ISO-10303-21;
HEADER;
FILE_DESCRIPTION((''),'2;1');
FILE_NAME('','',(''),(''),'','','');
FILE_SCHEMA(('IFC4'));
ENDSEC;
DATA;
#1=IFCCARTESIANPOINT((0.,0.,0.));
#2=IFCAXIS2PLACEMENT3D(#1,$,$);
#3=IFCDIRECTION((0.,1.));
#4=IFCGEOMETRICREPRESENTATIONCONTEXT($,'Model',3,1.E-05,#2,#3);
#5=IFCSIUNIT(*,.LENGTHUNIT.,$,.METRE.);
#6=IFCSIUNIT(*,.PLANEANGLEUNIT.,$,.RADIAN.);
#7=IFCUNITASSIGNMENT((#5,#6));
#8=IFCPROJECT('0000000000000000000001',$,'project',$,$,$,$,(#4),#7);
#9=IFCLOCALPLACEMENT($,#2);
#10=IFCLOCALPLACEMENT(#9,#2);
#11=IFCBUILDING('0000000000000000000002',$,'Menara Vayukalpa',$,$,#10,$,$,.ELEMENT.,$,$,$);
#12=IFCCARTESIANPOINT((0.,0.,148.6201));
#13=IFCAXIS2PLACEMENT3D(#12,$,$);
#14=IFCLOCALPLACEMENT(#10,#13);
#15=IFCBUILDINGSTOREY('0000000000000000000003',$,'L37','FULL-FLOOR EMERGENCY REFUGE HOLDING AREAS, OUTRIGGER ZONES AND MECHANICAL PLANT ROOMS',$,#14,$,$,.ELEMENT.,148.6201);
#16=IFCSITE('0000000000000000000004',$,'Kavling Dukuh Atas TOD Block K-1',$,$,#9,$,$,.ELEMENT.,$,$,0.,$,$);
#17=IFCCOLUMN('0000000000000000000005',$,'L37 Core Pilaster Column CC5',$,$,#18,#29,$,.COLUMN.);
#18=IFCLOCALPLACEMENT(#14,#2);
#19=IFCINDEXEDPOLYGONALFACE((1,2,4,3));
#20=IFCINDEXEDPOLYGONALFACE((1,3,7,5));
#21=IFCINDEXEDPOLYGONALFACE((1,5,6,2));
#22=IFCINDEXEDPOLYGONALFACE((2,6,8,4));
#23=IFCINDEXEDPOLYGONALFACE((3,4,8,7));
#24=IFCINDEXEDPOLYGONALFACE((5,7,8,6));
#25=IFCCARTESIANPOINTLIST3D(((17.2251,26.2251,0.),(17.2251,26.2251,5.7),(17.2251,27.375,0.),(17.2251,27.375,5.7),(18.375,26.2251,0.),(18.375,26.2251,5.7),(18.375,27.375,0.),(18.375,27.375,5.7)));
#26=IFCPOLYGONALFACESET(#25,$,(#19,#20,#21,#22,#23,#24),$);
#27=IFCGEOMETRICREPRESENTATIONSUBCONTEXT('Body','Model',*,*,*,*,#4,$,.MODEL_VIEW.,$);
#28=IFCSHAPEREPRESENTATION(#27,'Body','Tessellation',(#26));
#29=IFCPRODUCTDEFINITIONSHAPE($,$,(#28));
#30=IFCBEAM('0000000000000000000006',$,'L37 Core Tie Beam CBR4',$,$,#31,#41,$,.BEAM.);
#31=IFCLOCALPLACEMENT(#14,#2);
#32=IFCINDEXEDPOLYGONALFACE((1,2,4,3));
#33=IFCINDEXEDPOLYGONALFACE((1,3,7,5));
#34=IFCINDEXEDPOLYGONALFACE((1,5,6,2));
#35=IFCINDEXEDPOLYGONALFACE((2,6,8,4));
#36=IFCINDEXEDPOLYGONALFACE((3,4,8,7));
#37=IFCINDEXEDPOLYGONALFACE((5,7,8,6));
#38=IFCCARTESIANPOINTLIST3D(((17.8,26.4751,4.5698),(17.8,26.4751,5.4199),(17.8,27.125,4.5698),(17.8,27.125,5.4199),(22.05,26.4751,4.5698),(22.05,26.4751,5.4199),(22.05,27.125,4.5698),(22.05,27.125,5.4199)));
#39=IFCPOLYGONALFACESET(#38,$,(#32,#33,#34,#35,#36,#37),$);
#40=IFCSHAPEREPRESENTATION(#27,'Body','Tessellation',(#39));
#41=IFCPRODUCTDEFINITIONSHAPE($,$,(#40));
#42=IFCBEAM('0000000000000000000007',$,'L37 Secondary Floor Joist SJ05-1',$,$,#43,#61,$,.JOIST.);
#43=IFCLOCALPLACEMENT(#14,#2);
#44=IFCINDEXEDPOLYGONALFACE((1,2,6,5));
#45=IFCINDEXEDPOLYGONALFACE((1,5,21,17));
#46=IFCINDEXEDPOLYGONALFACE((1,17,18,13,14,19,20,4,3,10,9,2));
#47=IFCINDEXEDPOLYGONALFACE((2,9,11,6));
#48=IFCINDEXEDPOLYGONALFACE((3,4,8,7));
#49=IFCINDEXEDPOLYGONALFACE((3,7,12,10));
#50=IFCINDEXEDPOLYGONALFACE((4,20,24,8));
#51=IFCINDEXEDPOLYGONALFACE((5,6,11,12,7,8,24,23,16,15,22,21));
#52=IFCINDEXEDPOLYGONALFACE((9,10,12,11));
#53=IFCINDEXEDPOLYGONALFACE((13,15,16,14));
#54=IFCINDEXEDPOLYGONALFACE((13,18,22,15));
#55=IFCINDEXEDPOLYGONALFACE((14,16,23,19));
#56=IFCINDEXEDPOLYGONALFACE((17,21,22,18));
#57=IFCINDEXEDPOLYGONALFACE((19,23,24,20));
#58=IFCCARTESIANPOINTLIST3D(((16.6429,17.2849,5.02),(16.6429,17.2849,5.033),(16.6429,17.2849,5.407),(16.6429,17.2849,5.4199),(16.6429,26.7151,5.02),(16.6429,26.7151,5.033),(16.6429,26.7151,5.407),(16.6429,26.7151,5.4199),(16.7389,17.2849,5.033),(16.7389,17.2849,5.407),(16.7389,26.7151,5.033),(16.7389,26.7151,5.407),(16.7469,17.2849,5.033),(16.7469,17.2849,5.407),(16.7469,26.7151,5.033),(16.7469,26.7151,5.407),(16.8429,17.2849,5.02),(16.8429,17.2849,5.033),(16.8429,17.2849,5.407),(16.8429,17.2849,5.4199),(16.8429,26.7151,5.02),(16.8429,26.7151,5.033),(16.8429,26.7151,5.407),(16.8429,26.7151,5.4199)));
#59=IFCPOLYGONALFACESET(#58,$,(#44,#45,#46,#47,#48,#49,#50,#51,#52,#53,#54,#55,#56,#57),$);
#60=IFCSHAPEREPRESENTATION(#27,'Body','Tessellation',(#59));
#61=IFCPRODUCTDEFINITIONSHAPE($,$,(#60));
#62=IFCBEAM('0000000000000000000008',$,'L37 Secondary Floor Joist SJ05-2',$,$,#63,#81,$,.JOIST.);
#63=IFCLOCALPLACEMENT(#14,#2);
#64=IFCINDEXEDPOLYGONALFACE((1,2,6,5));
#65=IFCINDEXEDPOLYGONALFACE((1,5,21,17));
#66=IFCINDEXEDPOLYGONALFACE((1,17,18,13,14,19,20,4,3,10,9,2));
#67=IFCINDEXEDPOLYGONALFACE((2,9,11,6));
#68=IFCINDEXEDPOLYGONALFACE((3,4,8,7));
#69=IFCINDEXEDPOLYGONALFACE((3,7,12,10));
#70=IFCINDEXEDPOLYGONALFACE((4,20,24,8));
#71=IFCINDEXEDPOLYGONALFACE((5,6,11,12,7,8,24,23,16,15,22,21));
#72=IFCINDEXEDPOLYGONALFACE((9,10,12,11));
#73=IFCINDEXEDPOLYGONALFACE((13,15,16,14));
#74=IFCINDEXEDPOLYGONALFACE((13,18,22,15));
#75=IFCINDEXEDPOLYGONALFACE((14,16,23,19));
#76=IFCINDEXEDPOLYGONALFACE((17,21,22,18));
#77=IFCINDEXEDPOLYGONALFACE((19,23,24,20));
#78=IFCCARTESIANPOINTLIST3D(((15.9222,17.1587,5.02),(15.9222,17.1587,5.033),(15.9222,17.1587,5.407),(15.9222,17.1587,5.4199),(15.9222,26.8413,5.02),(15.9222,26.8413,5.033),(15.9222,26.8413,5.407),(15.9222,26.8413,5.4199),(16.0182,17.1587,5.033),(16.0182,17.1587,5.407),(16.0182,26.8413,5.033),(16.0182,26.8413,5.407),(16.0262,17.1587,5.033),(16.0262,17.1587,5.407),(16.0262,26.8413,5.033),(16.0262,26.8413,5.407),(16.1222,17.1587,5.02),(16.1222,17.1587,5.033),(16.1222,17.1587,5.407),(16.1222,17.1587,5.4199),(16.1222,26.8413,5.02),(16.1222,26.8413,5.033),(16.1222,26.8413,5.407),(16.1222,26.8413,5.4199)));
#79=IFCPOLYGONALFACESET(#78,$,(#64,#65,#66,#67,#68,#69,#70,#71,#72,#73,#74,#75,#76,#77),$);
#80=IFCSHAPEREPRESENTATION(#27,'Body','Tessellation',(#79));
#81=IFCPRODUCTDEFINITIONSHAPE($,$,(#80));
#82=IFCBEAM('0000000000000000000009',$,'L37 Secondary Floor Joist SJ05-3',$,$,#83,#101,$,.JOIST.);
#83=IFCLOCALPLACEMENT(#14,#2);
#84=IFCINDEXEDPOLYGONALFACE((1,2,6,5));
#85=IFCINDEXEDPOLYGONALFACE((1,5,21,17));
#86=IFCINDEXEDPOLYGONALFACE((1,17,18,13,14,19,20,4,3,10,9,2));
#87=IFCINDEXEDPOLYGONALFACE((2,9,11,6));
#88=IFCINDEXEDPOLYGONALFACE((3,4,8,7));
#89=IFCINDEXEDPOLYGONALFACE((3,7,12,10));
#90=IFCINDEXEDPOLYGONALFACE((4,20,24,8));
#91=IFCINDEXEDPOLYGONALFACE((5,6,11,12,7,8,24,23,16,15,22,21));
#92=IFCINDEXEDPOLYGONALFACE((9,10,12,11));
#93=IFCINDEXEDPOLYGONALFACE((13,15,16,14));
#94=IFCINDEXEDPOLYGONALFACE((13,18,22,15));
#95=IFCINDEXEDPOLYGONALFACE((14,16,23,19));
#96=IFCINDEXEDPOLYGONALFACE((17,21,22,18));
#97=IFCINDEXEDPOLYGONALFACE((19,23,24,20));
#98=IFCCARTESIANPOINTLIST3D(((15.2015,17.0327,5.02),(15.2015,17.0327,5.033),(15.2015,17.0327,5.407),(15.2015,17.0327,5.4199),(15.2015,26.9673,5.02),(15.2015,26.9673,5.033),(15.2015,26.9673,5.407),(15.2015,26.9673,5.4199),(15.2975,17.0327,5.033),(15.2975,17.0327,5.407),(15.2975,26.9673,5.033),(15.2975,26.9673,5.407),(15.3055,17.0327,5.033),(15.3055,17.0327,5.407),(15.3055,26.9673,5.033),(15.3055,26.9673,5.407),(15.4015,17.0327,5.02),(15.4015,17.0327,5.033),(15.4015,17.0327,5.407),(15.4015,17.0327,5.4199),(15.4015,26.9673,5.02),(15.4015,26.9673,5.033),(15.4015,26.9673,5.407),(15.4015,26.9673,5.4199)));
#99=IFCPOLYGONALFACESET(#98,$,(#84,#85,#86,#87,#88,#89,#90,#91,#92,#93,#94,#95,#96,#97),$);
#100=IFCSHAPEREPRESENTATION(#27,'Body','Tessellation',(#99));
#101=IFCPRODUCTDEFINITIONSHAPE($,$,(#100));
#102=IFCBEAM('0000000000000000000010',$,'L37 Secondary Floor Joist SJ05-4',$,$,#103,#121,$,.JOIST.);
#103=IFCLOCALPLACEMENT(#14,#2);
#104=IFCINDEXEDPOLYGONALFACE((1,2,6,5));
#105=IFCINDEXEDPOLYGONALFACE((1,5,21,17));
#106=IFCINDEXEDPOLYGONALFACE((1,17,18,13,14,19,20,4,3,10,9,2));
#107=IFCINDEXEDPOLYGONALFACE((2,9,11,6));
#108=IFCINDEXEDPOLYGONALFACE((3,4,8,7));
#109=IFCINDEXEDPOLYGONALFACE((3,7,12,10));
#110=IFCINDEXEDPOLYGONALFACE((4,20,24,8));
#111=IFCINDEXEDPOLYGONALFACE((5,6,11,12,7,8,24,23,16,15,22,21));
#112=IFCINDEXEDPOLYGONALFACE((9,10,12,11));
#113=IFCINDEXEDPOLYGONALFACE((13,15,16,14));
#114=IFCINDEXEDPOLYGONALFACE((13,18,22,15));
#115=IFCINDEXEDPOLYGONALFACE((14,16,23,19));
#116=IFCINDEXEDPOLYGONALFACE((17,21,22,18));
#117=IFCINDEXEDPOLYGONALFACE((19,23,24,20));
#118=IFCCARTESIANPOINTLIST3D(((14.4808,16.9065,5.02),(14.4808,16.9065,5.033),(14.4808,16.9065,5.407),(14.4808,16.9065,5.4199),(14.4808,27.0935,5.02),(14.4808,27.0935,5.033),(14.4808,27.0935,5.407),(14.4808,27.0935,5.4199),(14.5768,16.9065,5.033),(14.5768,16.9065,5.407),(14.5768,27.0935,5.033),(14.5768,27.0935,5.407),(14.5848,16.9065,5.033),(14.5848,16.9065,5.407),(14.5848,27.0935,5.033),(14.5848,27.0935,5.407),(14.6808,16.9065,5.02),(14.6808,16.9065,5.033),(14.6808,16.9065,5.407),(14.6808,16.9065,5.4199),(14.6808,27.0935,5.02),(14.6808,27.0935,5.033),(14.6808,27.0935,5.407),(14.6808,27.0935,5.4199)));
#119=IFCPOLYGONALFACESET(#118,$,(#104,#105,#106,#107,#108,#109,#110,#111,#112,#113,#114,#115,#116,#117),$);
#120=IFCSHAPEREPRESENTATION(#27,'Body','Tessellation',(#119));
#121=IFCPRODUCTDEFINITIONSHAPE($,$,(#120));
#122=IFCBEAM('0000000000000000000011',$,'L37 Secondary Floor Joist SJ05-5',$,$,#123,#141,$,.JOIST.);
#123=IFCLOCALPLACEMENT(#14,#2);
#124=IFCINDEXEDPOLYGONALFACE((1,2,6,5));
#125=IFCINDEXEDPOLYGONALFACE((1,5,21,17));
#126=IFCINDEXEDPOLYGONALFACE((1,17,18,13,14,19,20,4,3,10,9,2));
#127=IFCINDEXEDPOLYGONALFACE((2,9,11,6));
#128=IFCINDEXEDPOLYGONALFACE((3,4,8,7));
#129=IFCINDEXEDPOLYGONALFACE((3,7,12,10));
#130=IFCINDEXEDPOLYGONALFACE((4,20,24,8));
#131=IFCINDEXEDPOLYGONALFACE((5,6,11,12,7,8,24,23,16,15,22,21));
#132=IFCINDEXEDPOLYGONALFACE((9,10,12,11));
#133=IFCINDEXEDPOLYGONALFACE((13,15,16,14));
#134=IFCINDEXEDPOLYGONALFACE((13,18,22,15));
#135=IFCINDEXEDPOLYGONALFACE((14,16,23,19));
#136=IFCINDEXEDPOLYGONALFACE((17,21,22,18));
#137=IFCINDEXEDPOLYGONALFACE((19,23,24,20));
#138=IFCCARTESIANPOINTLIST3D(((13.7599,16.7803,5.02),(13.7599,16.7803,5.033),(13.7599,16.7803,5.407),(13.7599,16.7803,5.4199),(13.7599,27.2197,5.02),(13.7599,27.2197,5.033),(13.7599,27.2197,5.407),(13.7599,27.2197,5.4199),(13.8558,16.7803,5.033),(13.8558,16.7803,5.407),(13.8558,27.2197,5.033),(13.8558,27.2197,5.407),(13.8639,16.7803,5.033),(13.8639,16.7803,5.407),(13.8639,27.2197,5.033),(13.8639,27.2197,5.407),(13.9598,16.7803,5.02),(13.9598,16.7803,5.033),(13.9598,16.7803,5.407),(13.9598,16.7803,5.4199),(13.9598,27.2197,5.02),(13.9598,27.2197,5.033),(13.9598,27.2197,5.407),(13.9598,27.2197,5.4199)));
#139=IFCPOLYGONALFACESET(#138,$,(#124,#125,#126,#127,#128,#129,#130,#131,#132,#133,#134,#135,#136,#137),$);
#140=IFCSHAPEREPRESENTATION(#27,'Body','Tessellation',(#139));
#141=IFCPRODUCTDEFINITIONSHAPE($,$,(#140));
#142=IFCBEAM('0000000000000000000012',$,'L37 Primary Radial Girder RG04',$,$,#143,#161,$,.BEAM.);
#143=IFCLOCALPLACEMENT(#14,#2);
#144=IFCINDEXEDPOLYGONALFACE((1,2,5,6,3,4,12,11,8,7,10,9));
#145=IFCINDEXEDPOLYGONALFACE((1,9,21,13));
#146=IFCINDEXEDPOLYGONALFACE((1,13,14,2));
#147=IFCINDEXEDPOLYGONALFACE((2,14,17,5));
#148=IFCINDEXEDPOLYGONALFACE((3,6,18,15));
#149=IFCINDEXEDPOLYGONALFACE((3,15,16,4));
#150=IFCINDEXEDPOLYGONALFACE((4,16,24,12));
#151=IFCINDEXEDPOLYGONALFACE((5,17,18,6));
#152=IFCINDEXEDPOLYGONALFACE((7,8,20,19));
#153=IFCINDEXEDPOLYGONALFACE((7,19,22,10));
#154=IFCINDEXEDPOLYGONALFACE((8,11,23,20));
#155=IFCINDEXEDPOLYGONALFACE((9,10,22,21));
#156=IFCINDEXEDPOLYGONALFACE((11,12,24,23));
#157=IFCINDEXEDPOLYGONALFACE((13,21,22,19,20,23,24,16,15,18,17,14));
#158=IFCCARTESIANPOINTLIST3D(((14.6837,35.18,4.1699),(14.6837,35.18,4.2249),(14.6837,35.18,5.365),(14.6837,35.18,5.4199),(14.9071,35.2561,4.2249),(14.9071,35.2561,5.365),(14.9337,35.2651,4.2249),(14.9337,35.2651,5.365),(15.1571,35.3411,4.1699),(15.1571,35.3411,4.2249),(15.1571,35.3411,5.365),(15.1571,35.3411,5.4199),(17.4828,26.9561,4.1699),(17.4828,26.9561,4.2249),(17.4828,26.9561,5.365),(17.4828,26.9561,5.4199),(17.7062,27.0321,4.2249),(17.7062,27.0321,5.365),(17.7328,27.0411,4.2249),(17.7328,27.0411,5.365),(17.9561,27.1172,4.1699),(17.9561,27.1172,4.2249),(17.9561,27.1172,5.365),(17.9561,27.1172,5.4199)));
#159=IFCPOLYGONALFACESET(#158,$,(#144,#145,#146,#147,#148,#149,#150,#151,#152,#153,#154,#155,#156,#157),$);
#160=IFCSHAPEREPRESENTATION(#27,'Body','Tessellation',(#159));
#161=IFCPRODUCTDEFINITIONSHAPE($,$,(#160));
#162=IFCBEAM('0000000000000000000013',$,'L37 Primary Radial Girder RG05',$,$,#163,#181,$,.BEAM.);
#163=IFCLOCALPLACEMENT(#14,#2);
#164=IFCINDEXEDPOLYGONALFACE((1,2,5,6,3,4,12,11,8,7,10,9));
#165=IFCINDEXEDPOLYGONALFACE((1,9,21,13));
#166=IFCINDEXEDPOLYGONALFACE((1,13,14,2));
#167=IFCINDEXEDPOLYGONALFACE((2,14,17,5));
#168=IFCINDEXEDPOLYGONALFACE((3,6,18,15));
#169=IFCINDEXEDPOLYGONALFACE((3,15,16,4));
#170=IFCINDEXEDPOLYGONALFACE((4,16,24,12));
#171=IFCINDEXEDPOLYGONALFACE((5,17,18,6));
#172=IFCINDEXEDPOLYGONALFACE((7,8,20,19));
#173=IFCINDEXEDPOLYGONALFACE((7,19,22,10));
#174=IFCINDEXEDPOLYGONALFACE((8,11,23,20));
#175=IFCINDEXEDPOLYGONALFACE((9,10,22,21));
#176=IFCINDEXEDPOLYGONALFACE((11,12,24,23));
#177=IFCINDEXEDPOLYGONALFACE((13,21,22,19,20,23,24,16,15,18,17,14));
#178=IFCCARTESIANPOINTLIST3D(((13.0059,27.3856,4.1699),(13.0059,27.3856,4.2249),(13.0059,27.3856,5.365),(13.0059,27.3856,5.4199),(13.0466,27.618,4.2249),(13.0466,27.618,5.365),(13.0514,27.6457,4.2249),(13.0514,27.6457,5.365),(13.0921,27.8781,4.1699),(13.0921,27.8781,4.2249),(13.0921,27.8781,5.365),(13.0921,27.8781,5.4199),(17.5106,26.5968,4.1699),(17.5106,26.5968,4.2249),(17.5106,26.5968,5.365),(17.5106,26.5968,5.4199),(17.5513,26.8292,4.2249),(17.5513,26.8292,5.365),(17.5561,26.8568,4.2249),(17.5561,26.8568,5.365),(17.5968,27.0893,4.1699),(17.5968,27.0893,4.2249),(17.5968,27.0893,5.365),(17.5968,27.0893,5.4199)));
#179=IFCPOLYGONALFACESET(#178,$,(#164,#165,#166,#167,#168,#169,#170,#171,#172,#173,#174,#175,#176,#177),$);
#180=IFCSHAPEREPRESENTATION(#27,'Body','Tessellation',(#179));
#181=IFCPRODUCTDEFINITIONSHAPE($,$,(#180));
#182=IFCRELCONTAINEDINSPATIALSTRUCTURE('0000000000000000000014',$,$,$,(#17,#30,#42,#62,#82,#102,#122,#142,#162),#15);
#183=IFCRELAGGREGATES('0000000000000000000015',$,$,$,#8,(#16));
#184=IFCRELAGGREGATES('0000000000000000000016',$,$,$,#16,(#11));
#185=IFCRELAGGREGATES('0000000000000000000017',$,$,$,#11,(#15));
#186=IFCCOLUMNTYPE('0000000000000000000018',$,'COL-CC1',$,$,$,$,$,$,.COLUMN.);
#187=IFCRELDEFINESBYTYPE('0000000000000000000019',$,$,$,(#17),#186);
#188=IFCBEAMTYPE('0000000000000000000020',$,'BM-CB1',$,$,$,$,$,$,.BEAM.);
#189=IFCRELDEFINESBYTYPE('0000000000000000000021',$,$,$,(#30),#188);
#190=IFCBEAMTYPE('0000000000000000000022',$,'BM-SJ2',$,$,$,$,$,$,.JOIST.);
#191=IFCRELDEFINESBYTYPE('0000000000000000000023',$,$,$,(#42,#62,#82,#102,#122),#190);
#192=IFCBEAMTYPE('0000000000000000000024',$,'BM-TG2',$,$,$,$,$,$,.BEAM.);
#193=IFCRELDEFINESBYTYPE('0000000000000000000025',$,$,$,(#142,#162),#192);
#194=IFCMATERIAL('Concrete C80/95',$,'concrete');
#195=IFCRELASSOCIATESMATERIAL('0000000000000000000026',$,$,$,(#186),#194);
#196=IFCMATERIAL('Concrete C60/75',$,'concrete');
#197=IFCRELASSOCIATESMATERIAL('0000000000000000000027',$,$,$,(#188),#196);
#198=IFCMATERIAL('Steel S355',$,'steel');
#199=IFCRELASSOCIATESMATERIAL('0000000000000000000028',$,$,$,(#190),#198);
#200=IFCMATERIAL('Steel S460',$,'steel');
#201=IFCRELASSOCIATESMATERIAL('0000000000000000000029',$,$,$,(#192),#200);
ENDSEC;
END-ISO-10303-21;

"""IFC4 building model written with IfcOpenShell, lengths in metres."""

from ifc_helpers import new_model, si_unit, direction, frame, origin, origin_2d, place, context, subcontext, project, spatial, rectangle, i_section, extrude, material, material_profile, profile_set, type_object, element, save


model = new_model("IFC4")

# Units and contexts
model_context = context("Model", 3, precision=1e-05, world=origin(), true_north=direction((0.0, 1.0)))
body_context = subcontext(model_context, "Body", "Model", "MODEL_VIEW")
ifc_project = project(units=[si_unit("LENGTHUNIT", "METRE"), si_unit("PLANEANGLEUNIT", "RADIAN")], contexts=[model_context])

# Site, building, storey
site_placement = place(None, origin())
site = spatial("IfcSite", under=ifc_project, at=site_placement, Name="Kavling Dukuh Atas TOD Block K-1", CompositionType="ELEMENT", RefElevation=0.0)
building_placement = place(site_placement, origin())
building = spatial("IfcBuilding", under=site, at=building_placement, Name="Menara Vayukalpa", CompositionType="ELEMENT")
storey_placement = place(building_placement, frame((0.0, 0.0, 148.6201)))
storey = spatial("IfcBuildingStorey", under=building, at=storey_placement, Name="L37", Description="FULL-FLOOR EMERGENCY REFUGE HOLDING AREAS, OUTRIGGER ZONES AND MECHANICAL PLANT ROOMS", CompositionType="ELEMENT", Elevation=148.6201)

# Column
ifc_material_1 = material(Name="Concrete C80/95", Category="concrete")
ifc_material_profile_1 = material_profile(ifc_material_1, rectangle(XDim=1.1499, YDim=1.1499, at=origin_2d()), Name="RC 1150x1150")
ifc_profile_set_1 = profile_set([ifc_material_profile_1], Name="Concrete C80/95")
column_type = type_object("IfcColumnType", Name="COL-CC1", PredefinedType="COLUMN", material=ifc_profile_set_1)
column_placement = place(storey_placement, frame((17.8, 26.8, 0.0), z_axis=(0.0, 0.0, 1.0), x_axis=(1.0, 0.0, 0.0)))
element("IfcColumn", 1, at=column_placement, inside=storey, type_object=column_type, Name="L37 Core Pilaster Column CC5", PredefinedType="COLUMN", context=body_context, shape_type="SweptSolid", body=[
    extrude(rectangle(XDim=1.1499, YDim=1.1499, at=origin_2d()), origin(), (0.0, 0.0, 1.0), 5.7),
])

# Beams
ifc_material_2 = material(Name="Concrete C60/75", Category="concrete")
ifc_material_profile_2 = material_profile(ifc_material_2, rectangle(XDim=0.6499, YDim=0.8501, at=origin_2d()), Name="RC 650x850")
ifc_profile_set_2 = profile_set([ifc_material_profile_2], Name="Concrete C60/75")
beam_type_1 = type_object("IfcBeamType", Name="BM-CB1", PredefinedType="BEAM", material=ifc_profile_set_2)
beam_1_placement = place(storey_placement, frame((17.8, 26.8, 4.9949), z_axis=(1.0, 0.0, 0.0), x_axis=(0.0, 1.0, 0.0)))
element("IfcBeam", 2, at=beam_1_placement, inside=storey, type_object=beam_type_1, Name="L37 Core Tie Beam CBR4", PredefinedType="BEAM", context=body_context, shape_type="SweptSolid", body=[
    extrude(rectangle(XDim=0.6499, YDim=0.8501, at=origin_2d()), origin(), (0.0, 0.0, 1.0), 4.25),
])
ifc_material_3 = material(Name="Steel S355", Category="steel")
ifc_material_profile_3 = material_profile(ifc_material_3, i_section(OverallWidth=0.2, OverallDepth=0.3999, WebThickness=0.0081, FlangeThickness=0.0129, at=origin_2d()), Name="WF 400x200x8x13")
ifc_profile_set_3 = profile_set([ifc_material_profile_3], Name="Steel S355")
beam_type_2 = type_object("IfcBeamType", Name="BM-SJ2", PredefinedType="JOIST", material=ifc_profile_set_3)
beam_2_placement = place(storey_placement, frame((16.7429, 26.7151, 5.22), z_axis=(0.0, -1.0, 0.0), x_axis=(1.0, 0.0, 0.0)))
element("IfcBeam", 3, at=beam_2_placement, inside=storey, type_object=beam_type_2, Name="L37 Secondary Floor Joist SJ05-1", PredefinedType="JOIST", context=body_context, shape_type="SweptSolid", body=[
    extrude(i_section(OverallWidth=0.2, OverallDepth=0.3999, WebThickness=0.0081, FlangeThickness=0.0129, at=origin_2d()), origin(), (0.0, 0.0, 1.0), 9.4302),
])
beam_3_placement = place(storey_placement, frame((16.0222, 26.8413, 5.22), z_axis=(0.0, -1.0, 0.0), x_axis=(1.0, 0.0, 0.0)))
element("IfcBeam", 4, at=beam_3_placement, inside=storey, type_object=beam_type_2, Name="L37 Secondary Floor Joist SJ05-2", PredefinedType="JOIST", context=body_context, shape_type="SweptSolid", body=[
    extrude(i_section(OverallWidth=0.2, OverallDepth=0.3999, WebThickness=0.0081, FlangeThickness=0.0129, at=origin_2d()), origin(), (0.0, 0.0, 1.0), 9.6826),
])
beam_4_placement = place(storey_placement, frame((15.3015, 26.9673, 5.22), z_axis=(0.0, -1.0, 0.0), x_axis=(1.0, 0.0, 0.0)))
element("IfcBeam", 5, at=beam_4_placement, inside=storey, type_object=beam_type_2, Name="L37 Secondary Floor Joist SJ05-3", PredefinedType="JOIST", context=body_context, shape_type="SweptSolid", body=[
    extrude(i_section(OverallWidth=0.2, OverallDepth=0.3999, WebThickness=0.0081, FlangeThickness=0.0129, at=origin_2d()), origin(), (0.0, 0.0, 1.0), 9.9346),
])
beam_5_placement = place(storey_placement, frame((14.5808, 27.0935, 5.22), z_axis=(0.0, -1.0, 0.0), x_axis=(1.0, 0.0, 0.0)))
element("IfcBeam", 6, at=beam_5_placement, inside=storey, type_object=beam_type_2, Name="L37 Secondary Floor Joist SJ05-4", PredefinedType="JOIST", context=body_context, shape_type="SweptSolid", body=[
    extrude(i_section(OverallWidth=0.2, OverallDepth=0.3999, WebThickness=0.0081, FlangeThickness=0.0129, at=origin_2d()), origin(), (0.0, 0.0, 1.0), 10.187),
])
beam_6_placement = place(storey_placement, frame((13.8599, 27.2197, 5.22), z_axis=(0.0, -1.0, 0.0), x_axis=(1.0, 0.0, 0.0)))
element("IfcBeam", 7, at=beam_6_placement, inside=storey, type_object=beam_type_2, Name="L37 Secondary Floor Joist SJ05-5", PredefinedType="JOIST", context=body_context, shape_type="SweptSolid", body=[
    extrude(i_section(OverallWidth=0.2, OverallDepth=0.3999, WebThickness=0.0081, FlangeThickness=0.0129, at=origin_2d()), origin(), (0.0, 0.0, 1.0), 10.4395),
])
ifc_material_4 = material(Name="Steel S460", Category="steel")
ifc_material_profile_4 = material_profile(ifc_material_4, i_section(OverallWidth=0.5, OverallDepth=1.25, WebThickness=0.0281, FlangeThickness=0.0549, at=origin_2d()), Name="WG 1250x500x28x55")
ifc_profile_set_4 = profile_set([ifc_material_profile_4], Name="Steel S460")
beam_type_3 = type_object("IfcBeamType", Name="BM-TG2", PredefinedType="BEAM", material=ifc_profile_set_4)
beam_7_placement = place(storey_placement, frame((17.7195, 27.0366, 4.7949), z_axis=(-0.322208, 0.946669, 0.0), x_axis=(-0.946669, -0.322208, 0.0)))
element("IfcBeam", 8, at=beam_7_placement, inside=storey, type_object=beam_type_3, Name="L37 Primary Radial Girder RG04", PredefinedType="BEAM", context=body_context, shape_type="SweptSolid", body=[
    extrude(i_section(OverallWidth=0.5, OverallDepth=1.25, WebThickness=0.0281, FlangeThickness=0.0549, at=origin_2d()), origin(), (0.0, 0.0, 1.0), 8.6873),
])
beam_8_placement = place(storey_placement, frame((17.5537, 26.843, 4.7949), z_axis=(-0.985012, 0.172488, 0.0), x_axis=(-0.172488, -0.985012, 0.0)))
element("IfcBeam", 9, at=beam_8_placement, inside=storey, type_object=beam_type_3, Name="L37 Primary Radial Girder RG05", PredefinedType="BEAM", context=body_context, shape_type="SweptSolid", body=[
    extrude(i_section(OverallWidth=0.5, OverallDepth=1.25, WebThickness=0.0281, FlangeThickness=0.0549, at=origin_2d()), origin(), (0.0, 0.0, 1.0), 4.5732),
])

save(model, "model.ifc")
